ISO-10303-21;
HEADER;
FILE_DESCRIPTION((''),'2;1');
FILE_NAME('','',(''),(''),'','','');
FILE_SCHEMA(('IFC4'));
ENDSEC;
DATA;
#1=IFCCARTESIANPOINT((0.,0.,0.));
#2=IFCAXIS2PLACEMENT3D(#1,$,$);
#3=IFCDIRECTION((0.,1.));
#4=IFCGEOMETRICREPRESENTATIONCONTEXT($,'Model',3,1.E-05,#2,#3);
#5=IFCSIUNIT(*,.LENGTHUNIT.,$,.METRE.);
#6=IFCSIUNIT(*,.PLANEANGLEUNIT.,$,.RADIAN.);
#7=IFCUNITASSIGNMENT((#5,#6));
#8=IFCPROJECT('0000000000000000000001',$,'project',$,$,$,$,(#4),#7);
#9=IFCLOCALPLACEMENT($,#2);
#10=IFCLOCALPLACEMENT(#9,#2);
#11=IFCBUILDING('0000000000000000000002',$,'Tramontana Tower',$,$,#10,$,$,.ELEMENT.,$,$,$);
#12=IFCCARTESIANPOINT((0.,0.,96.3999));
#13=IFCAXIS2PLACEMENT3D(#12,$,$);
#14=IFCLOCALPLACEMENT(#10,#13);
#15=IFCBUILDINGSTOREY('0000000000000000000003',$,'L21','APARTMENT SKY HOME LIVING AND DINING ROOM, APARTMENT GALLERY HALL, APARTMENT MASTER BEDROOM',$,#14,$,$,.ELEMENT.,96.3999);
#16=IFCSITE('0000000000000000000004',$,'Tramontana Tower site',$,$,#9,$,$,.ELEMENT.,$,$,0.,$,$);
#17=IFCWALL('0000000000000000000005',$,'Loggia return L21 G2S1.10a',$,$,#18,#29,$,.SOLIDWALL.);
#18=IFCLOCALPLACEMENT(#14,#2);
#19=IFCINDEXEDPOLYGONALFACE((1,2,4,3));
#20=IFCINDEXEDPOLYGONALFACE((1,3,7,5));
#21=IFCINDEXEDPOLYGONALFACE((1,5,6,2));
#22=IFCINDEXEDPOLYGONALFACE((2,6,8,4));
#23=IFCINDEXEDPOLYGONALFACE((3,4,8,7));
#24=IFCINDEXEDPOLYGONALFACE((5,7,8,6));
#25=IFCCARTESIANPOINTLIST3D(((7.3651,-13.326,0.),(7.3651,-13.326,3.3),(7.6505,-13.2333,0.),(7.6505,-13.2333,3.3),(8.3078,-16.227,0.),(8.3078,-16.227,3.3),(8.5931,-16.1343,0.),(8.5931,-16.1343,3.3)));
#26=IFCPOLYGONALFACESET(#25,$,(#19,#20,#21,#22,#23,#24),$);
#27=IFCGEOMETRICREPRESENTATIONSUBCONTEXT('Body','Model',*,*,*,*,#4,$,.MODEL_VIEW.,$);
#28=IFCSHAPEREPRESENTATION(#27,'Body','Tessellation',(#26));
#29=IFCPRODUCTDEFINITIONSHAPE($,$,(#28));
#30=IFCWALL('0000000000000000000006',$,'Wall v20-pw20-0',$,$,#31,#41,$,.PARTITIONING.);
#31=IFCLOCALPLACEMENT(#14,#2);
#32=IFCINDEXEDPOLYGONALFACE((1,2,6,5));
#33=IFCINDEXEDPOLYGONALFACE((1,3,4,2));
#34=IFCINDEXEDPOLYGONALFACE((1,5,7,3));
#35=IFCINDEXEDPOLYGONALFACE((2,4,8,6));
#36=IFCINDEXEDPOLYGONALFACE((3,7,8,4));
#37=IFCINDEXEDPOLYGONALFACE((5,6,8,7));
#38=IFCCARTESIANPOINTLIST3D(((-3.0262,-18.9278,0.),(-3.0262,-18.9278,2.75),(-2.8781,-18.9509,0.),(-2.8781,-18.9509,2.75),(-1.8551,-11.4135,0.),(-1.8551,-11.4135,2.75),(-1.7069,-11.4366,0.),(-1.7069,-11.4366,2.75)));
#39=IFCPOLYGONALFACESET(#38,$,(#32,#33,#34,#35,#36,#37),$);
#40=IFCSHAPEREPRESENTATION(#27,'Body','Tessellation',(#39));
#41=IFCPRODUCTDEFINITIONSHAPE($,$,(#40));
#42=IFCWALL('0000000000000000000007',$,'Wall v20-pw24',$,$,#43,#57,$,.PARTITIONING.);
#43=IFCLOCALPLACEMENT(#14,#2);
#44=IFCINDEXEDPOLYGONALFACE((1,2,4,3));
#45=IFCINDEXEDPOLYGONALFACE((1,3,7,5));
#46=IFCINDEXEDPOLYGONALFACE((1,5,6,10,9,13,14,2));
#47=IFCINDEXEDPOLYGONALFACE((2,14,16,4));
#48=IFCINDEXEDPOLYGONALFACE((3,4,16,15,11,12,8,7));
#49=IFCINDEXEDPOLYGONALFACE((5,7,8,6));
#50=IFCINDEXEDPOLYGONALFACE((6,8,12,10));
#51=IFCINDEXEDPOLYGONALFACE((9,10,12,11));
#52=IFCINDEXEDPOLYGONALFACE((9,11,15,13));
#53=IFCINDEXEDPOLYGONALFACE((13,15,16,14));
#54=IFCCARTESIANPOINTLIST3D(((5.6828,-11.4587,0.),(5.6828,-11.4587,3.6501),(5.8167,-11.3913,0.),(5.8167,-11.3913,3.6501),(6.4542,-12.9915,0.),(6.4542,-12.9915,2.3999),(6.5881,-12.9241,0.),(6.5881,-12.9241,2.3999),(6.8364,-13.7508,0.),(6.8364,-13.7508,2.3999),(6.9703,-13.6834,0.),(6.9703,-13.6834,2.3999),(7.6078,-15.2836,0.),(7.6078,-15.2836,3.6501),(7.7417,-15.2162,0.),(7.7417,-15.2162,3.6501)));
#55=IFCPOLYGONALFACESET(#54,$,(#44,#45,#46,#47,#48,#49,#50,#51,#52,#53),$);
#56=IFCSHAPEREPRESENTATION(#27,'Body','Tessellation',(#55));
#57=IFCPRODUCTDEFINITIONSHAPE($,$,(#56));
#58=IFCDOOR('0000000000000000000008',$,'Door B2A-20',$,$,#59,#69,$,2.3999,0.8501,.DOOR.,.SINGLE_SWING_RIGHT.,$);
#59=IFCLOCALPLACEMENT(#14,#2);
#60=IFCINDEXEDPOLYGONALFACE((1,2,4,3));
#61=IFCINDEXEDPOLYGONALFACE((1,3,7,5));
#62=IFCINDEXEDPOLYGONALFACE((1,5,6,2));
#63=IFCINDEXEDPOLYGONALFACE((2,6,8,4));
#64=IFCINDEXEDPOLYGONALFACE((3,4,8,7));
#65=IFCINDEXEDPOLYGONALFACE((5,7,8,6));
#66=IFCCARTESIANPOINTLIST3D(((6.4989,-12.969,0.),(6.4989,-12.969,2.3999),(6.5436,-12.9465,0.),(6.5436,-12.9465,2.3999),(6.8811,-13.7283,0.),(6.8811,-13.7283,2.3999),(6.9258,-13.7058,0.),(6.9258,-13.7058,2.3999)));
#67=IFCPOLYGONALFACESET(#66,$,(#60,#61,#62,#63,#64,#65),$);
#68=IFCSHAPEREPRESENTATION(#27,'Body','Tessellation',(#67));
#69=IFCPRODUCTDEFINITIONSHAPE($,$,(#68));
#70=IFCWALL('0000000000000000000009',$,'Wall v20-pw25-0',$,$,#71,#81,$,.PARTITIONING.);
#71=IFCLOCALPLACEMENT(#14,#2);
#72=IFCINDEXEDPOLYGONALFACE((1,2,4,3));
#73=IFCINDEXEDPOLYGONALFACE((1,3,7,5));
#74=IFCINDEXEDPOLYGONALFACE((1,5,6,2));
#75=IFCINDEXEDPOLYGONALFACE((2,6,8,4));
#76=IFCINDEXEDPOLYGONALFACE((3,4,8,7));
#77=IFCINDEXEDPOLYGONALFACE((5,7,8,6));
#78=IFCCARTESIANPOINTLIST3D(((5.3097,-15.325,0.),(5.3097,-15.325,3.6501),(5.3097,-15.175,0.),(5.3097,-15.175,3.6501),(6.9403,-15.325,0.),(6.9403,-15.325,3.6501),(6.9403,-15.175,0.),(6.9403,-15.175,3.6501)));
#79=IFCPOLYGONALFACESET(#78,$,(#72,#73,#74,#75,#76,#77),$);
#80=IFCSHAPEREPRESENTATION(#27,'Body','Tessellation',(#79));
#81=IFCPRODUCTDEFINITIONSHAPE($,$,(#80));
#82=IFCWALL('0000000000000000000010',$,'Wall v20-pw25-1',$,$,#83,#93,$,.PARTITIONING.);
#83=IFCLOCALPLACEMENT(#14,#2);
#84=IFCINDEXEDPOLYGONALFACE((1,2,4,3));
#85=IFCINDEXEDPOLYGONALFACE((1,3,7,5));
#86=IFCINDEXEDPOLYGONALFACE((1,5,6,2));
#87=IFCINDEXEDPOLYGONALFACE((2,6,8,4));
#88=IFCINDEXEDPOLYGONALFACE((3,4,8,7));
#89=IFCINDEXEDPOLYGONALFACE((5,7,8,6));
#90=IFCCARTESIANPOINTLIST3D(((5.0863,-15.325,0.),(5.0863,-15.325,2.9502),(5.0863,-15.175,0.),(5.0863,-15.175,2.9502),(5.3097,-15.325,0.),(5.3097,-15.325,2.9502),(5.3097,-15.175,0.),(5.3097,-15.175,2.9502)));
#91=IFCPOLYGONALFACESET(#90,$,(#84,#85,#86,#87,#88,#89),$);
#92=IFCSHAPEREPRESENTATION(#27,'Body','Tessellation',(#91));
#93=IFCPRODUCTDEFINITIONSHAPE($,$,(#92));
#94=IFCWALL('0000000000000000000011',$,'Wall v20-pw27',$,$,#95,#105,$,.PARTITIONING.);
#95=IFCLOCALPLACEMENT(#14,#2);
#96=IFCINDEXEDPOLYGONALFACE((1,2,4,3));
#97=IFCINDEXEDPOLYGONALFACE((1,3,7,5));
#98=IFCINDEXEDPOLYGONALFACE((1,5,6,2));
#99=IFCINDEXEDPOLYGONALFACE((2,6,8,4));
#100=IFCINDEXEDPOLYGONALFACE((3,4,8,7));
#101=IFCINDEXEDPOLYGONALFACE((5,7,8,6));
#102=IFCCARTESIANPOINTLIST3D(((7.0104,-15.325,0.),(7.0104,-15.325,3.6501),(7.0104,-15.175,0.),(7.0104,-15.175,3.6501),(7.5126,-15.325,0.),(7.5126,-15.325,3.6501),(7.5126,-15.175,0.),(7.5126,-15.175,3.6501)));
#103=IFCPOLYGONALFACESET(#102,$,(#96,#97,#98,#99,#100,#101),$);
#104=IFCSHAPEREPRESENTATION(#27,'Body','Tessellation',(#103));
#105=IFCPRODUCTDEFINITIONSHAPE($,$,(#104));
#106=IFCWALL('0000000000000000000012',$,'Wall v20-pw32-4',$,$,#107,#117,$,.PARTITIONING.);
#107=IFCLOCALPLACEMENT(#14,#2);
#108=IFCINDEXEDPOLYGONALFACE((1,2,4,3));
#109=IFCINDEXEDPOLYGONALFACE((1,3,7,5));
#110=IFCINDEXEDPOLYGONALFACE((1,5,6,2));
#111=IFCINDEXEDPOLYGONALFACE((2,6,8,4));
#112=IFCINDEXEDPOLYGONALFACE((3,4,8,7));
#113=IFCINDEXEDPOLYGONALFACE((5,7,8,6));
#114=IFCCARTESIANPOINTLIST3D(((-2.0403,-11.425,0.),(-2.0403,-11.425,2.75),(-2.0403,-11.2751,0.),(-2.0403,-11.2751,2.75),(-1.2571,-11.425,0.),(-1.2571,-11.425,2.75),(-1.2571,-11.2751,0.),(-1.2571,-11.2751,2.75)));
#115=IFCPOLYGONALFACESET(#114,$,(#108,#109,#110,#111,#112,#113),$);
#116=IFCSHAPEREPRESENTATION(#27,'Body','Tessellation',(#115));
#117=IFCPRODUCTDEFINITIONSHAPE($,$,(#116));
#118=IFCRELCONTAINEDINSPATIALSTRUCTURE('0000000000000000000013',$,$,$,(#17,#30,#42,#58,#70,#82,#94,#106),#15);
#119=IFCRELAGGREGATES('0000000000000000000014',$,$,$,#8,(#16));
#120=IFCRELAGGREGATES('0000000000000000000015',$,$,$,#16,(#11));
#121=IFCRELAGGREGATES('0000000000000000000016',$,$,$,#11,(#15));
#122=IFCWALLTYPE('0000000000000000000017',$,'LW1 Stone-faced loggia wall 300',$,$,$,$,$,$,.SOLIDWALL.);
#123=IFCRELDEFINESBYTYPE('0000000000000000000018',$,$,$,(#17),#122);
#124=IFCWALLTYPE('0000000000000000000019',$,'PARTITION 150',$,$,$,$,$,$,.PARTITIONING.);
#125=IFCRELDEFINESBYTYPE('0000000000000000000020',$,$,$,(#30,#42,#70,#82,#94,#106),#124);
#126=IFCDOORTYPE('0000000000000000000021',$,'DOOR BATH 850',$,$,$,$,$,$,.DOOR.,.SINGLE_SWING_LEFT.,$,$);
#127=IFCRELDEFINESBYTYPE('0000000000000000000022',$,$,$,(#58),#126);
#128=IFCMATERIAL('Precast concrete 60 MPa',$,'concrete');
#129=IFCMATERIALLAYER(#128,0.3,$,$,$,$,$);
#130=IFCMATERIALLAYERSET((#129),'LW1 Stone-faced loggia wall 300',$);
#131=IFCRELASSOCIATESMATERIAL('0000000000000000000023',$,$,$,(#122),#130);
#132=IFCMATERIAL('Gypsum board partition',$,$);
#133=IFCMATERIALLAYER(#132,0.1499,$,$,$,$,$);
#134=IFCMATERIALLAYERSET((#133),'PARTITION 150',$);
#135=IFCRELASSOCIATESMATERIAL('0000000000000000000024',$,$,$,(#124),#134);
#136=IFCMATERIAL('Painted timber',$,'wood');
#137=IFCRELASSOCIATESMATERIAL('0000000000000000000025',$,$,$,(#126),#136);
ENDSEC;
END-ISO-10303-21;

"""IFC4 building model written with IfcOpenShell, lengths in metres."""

from ifc_helpers import new_model, si_unit, direction, frame, frame_2d, origin, place, context, subcontext, project, spatial, rectangle, extrude, material, layer, layer_set, type_object, element, fill, save


model = new_model("IFC4")

# Units and contexts
model_context = context("Model", 3, precision=1e-05, world=origin(), true_north=direction((0.0, 1.0)))
body_context = subcontext(model_context, "Body", "Model", "MODEL_VIEW")
ifc_project = project(units=[si_unit("LENGTHUNIT", "METRE"), si_unit("PLANEANGLEUNIT", "RADIAN")], contexts=[model_context])

# Site, building, storey
site_placement = place(None, origin())
site = spatial("IfcSite", under=ifc_project, at=site_placement, Name="Tramontana Tower site", CompositionType="ELEMENT", RefElevation=0.0)
building_placement = place(site_placement, origin())
building = spatial("IfcBuilding", under=site, at=building_placement, Name="Tramontana Tower", CompositionType="ELEMENT")
storey_placement = place(building_placement, frame((0.0, 0.0, 96.3999)))
storey = spatial("IfcBuildingStorey", under=building, at=storey_placement, Name="L21", Description="APARTMENT SKY HOME LIVING AND DINING ROOM, APARTMENT GALLERY HALL, APARTMENT MASTER BEDROOM", CompositionType="ELEMENT", Elevation=96.3999)

# Shared definitions
ifc_material_1 = material(Name="Precast concrete 60 MPa", Category="concrete")
ifc_layer_1 = layer(ifc_material_1, 0.3)
ifc_layer_set_1 = layer_set([ifc_layer_1], Name="LW1 Stone-faced loggia wall 300")
wall_type_1 = type_object("IfcWallType", Name="LW1 Stone-faced loggia wall 300", PredefinedType="SOLIDWALL", material=ifc_layer_set_1)

# Walls
wall_1_placement = place(storey_placement, frame((8.4504, -16.1807, 0.0), z_axis=(0.0, 0.0, 1.0), x_axis=(-0.309039, 0.951049, 0.0)))
element("IfcWall", 1, at=wall_1_placement, inside=storey, type_object=wall_type_1, Name="Loggia return L21 G2S1.10a", PredefinedType="SOLIDWALL", context=body_context, shape_type="SweptSolid", body=[
    extrude(rectangle(XDim=3.0503, YDim=0.3, at=frame_2d((1.5251, 0.0))), origin(), (0.0, 0.0, 1.0), 3.3),
])
ifc_material_2 = material(Name="Gypsum board partition")
ifc_layer_2 = layer(ifc_material_2, 0.1499)
ifc_layer_set_2 = layer_set([ifc_layer_2], Name="PARTITION 150")
wall_type_2 = type_object("IfcWallType", Name="PARTITION 150", PredefinedType="PARTITIONING", material=ifc_layer_set_2)
wall_2_placement = place(storey_placement, frame((-1.781, -11.425, 0.0), z_axis=(0.0, 0.0, 1.0), x_axis=(-0.153999, -0.988071, 0.0)))
element("IfcWall", 2, at=wall_2_placement, inside=storey, type_object=wall_type_2, Name="Wall v20-pw20-0", PredefinedType="PARTITIONING", context=body_context, shape_type="SweptSolid", body=[
    extrude(rectangle(XDim=7.605, YDim=0.1499, at=frame_2d((3.8025, 0.0))), origin(), (0.0, 0.0, 1.0), 2.75),
])

# Wall, opening, door
wall_3_placement = place(storey_placement, frame((7.6748, -15.25, 0.0), z_axis=(0.0, 0.0, 1.0), x_axis=(-0.449561, 0.89325, 0.0)))
wall_3 = element("IfcWall", 3, at=wall_3_placement, inside=storey, type_object=wall_type_2, Name="Wall v20-pw24", PredefinedType="PARTITIONING", context=body_context, shape_type="SweptSolid", body=[
    extrude(rectangle(XDim=4.282, YDim=0.1499, at=frame_2d((2.1411, 0.0))), origin(), (0.0, 0.0, 1.0), 3.6501),
])
opening_1_placement = place(wall_3_placement, frame((1.7161, 0.0, 0.0)))
opening_1 = element("IfcOpeningElement", 4, at=opening_1_placement, cuts=wall_3, PredefinedType="OPENING", context=body_context, shape_type="SweptSolid", body=[
    extrude(rectangle(XDim=0.8501, YDim=2.3999, at=frame_2d((0.425, 1.2))), frame((0.0, 0.085, 0.0), z_axis=(0.0, -1.0, 0.0), x_axis=(1.0, 0.0, 0.0)), (0.0, 0.0, 1.0), 0.1699),
])
ifc_material_3 = material(Name="Painted timber", Category="wood")
door_type_1 = type_object("IfcDoorType", Name="DOOR BATH 850", OperationType="SINGLE_SWING_LEFT", PredefinedType="DOOR", material=ifc_material_3)
door_1_placement = place(opening_1_placement, origin())
door_1 = element("IfcDoor", 5, at=door_1_placement, inside=storey, type_object=door_type_1, Name="Door B2A-20", OperationType="SINGLE_SWING_RIGHT", OverallHeight=2.3999, OverallWidth=0.8501, PredefinedType="DOOR", context=body_context, shape_type="SweptSolid", body=[
    extrude(rectangle(XDim=0.8501, YDim=2.3999, at=frame_2d((0.425, 1.2))), frame((0.0, 0.0249, 0.0), z_axis=(0.0, -1.0, 0.0), x_axis=(1.0, 0.0, 0.0)), (0.0, 0.0, 1.0), 0.05),
])
fill(opening_1, door_1)

# Walls
wall_4_placement = place(storey_placement, frame((6.9404, -15.25, 0.0), z_axis=(0.0, 0.0, 1.0), x_axis=(-1.0, 0.0, 0.0)))
element("IfcWall", 6, at=wall_4_placement, inside=storey, type_object=wall_type_2, Name="Wall v20-pw25-0", PredefinedType="PARTITIONING", context=body_context, shape_type="SweptSolid", body=[
    extrude(rectangle(XDim=1.6306, YDim=0.1499, at=frame_2d((0.8154, 0.0))), origin(), (0.0, 0.0, 1.0), 3.6501),
])
wall_5_placement = place(storey_placement, frame((5.3098, -15.25, 0.0), z_axis=(0.0, 0.0, 1.0), x_axis=(-1.0, 0.0, 0.0)))
element("IfcWall", 7, at=wall_5_placement, inside=storey, type_object=wall_type_2, Name="Wall v20-pw25-1", PredefinedType="PARTITIONING", context=body_context, shape_type="SweptSolid", body=[
    extrude(rectangle(XDim=0.2234, YDim=0.1499, at=frame_2d((0.1118, 0.0))), origin(), (0.0, 0.0, 1.0), 2.9502),
])
wall_6_placement = place(storey_placement, frame((7.5125, -15.25, 0.0), z_axis=(0.0, 0.0, 1.0), x_axis=(-1.0, 0.0, 0.0)))
element("IfcWall", 8, at=wall_6_placement, inside=storey, type_object=wall_type_2, Name="Wall v20-pw27", PredefinedType="PARTITIONING", context=body_context, shape_type="SweptSolid", body=[
    extrude(rectangle(XDim=0.5022, YDim=0.1499, at=frame_2d((0.251, 0.0))), origin(), (0.0, 0.0, 1.0), 3.6501),
])
wall_7_placement = place(storey_placement, frame((-1.2571, -11.3501, 0.0), z_axis=(0.0, 0.0, 1.0), x_axis=(-1.0, 0.0, 0.0)))
element("IfcWall", 9, at=wall_7_placement, inside=storey, type_object=wall_type_2, Name="Wall v20-pw32-4", PredefinedType="PARTITIONING", context=body_context, shape_type="SweptSolid", body=[
    extrude(rectangle(XDim=0.7832, YDim=0.1499, at=frame_2d((0.3916, 0.0))), origin(), (0.0, 0.0, 1.0), 2.75),
])

save(model, "model.ifc")
